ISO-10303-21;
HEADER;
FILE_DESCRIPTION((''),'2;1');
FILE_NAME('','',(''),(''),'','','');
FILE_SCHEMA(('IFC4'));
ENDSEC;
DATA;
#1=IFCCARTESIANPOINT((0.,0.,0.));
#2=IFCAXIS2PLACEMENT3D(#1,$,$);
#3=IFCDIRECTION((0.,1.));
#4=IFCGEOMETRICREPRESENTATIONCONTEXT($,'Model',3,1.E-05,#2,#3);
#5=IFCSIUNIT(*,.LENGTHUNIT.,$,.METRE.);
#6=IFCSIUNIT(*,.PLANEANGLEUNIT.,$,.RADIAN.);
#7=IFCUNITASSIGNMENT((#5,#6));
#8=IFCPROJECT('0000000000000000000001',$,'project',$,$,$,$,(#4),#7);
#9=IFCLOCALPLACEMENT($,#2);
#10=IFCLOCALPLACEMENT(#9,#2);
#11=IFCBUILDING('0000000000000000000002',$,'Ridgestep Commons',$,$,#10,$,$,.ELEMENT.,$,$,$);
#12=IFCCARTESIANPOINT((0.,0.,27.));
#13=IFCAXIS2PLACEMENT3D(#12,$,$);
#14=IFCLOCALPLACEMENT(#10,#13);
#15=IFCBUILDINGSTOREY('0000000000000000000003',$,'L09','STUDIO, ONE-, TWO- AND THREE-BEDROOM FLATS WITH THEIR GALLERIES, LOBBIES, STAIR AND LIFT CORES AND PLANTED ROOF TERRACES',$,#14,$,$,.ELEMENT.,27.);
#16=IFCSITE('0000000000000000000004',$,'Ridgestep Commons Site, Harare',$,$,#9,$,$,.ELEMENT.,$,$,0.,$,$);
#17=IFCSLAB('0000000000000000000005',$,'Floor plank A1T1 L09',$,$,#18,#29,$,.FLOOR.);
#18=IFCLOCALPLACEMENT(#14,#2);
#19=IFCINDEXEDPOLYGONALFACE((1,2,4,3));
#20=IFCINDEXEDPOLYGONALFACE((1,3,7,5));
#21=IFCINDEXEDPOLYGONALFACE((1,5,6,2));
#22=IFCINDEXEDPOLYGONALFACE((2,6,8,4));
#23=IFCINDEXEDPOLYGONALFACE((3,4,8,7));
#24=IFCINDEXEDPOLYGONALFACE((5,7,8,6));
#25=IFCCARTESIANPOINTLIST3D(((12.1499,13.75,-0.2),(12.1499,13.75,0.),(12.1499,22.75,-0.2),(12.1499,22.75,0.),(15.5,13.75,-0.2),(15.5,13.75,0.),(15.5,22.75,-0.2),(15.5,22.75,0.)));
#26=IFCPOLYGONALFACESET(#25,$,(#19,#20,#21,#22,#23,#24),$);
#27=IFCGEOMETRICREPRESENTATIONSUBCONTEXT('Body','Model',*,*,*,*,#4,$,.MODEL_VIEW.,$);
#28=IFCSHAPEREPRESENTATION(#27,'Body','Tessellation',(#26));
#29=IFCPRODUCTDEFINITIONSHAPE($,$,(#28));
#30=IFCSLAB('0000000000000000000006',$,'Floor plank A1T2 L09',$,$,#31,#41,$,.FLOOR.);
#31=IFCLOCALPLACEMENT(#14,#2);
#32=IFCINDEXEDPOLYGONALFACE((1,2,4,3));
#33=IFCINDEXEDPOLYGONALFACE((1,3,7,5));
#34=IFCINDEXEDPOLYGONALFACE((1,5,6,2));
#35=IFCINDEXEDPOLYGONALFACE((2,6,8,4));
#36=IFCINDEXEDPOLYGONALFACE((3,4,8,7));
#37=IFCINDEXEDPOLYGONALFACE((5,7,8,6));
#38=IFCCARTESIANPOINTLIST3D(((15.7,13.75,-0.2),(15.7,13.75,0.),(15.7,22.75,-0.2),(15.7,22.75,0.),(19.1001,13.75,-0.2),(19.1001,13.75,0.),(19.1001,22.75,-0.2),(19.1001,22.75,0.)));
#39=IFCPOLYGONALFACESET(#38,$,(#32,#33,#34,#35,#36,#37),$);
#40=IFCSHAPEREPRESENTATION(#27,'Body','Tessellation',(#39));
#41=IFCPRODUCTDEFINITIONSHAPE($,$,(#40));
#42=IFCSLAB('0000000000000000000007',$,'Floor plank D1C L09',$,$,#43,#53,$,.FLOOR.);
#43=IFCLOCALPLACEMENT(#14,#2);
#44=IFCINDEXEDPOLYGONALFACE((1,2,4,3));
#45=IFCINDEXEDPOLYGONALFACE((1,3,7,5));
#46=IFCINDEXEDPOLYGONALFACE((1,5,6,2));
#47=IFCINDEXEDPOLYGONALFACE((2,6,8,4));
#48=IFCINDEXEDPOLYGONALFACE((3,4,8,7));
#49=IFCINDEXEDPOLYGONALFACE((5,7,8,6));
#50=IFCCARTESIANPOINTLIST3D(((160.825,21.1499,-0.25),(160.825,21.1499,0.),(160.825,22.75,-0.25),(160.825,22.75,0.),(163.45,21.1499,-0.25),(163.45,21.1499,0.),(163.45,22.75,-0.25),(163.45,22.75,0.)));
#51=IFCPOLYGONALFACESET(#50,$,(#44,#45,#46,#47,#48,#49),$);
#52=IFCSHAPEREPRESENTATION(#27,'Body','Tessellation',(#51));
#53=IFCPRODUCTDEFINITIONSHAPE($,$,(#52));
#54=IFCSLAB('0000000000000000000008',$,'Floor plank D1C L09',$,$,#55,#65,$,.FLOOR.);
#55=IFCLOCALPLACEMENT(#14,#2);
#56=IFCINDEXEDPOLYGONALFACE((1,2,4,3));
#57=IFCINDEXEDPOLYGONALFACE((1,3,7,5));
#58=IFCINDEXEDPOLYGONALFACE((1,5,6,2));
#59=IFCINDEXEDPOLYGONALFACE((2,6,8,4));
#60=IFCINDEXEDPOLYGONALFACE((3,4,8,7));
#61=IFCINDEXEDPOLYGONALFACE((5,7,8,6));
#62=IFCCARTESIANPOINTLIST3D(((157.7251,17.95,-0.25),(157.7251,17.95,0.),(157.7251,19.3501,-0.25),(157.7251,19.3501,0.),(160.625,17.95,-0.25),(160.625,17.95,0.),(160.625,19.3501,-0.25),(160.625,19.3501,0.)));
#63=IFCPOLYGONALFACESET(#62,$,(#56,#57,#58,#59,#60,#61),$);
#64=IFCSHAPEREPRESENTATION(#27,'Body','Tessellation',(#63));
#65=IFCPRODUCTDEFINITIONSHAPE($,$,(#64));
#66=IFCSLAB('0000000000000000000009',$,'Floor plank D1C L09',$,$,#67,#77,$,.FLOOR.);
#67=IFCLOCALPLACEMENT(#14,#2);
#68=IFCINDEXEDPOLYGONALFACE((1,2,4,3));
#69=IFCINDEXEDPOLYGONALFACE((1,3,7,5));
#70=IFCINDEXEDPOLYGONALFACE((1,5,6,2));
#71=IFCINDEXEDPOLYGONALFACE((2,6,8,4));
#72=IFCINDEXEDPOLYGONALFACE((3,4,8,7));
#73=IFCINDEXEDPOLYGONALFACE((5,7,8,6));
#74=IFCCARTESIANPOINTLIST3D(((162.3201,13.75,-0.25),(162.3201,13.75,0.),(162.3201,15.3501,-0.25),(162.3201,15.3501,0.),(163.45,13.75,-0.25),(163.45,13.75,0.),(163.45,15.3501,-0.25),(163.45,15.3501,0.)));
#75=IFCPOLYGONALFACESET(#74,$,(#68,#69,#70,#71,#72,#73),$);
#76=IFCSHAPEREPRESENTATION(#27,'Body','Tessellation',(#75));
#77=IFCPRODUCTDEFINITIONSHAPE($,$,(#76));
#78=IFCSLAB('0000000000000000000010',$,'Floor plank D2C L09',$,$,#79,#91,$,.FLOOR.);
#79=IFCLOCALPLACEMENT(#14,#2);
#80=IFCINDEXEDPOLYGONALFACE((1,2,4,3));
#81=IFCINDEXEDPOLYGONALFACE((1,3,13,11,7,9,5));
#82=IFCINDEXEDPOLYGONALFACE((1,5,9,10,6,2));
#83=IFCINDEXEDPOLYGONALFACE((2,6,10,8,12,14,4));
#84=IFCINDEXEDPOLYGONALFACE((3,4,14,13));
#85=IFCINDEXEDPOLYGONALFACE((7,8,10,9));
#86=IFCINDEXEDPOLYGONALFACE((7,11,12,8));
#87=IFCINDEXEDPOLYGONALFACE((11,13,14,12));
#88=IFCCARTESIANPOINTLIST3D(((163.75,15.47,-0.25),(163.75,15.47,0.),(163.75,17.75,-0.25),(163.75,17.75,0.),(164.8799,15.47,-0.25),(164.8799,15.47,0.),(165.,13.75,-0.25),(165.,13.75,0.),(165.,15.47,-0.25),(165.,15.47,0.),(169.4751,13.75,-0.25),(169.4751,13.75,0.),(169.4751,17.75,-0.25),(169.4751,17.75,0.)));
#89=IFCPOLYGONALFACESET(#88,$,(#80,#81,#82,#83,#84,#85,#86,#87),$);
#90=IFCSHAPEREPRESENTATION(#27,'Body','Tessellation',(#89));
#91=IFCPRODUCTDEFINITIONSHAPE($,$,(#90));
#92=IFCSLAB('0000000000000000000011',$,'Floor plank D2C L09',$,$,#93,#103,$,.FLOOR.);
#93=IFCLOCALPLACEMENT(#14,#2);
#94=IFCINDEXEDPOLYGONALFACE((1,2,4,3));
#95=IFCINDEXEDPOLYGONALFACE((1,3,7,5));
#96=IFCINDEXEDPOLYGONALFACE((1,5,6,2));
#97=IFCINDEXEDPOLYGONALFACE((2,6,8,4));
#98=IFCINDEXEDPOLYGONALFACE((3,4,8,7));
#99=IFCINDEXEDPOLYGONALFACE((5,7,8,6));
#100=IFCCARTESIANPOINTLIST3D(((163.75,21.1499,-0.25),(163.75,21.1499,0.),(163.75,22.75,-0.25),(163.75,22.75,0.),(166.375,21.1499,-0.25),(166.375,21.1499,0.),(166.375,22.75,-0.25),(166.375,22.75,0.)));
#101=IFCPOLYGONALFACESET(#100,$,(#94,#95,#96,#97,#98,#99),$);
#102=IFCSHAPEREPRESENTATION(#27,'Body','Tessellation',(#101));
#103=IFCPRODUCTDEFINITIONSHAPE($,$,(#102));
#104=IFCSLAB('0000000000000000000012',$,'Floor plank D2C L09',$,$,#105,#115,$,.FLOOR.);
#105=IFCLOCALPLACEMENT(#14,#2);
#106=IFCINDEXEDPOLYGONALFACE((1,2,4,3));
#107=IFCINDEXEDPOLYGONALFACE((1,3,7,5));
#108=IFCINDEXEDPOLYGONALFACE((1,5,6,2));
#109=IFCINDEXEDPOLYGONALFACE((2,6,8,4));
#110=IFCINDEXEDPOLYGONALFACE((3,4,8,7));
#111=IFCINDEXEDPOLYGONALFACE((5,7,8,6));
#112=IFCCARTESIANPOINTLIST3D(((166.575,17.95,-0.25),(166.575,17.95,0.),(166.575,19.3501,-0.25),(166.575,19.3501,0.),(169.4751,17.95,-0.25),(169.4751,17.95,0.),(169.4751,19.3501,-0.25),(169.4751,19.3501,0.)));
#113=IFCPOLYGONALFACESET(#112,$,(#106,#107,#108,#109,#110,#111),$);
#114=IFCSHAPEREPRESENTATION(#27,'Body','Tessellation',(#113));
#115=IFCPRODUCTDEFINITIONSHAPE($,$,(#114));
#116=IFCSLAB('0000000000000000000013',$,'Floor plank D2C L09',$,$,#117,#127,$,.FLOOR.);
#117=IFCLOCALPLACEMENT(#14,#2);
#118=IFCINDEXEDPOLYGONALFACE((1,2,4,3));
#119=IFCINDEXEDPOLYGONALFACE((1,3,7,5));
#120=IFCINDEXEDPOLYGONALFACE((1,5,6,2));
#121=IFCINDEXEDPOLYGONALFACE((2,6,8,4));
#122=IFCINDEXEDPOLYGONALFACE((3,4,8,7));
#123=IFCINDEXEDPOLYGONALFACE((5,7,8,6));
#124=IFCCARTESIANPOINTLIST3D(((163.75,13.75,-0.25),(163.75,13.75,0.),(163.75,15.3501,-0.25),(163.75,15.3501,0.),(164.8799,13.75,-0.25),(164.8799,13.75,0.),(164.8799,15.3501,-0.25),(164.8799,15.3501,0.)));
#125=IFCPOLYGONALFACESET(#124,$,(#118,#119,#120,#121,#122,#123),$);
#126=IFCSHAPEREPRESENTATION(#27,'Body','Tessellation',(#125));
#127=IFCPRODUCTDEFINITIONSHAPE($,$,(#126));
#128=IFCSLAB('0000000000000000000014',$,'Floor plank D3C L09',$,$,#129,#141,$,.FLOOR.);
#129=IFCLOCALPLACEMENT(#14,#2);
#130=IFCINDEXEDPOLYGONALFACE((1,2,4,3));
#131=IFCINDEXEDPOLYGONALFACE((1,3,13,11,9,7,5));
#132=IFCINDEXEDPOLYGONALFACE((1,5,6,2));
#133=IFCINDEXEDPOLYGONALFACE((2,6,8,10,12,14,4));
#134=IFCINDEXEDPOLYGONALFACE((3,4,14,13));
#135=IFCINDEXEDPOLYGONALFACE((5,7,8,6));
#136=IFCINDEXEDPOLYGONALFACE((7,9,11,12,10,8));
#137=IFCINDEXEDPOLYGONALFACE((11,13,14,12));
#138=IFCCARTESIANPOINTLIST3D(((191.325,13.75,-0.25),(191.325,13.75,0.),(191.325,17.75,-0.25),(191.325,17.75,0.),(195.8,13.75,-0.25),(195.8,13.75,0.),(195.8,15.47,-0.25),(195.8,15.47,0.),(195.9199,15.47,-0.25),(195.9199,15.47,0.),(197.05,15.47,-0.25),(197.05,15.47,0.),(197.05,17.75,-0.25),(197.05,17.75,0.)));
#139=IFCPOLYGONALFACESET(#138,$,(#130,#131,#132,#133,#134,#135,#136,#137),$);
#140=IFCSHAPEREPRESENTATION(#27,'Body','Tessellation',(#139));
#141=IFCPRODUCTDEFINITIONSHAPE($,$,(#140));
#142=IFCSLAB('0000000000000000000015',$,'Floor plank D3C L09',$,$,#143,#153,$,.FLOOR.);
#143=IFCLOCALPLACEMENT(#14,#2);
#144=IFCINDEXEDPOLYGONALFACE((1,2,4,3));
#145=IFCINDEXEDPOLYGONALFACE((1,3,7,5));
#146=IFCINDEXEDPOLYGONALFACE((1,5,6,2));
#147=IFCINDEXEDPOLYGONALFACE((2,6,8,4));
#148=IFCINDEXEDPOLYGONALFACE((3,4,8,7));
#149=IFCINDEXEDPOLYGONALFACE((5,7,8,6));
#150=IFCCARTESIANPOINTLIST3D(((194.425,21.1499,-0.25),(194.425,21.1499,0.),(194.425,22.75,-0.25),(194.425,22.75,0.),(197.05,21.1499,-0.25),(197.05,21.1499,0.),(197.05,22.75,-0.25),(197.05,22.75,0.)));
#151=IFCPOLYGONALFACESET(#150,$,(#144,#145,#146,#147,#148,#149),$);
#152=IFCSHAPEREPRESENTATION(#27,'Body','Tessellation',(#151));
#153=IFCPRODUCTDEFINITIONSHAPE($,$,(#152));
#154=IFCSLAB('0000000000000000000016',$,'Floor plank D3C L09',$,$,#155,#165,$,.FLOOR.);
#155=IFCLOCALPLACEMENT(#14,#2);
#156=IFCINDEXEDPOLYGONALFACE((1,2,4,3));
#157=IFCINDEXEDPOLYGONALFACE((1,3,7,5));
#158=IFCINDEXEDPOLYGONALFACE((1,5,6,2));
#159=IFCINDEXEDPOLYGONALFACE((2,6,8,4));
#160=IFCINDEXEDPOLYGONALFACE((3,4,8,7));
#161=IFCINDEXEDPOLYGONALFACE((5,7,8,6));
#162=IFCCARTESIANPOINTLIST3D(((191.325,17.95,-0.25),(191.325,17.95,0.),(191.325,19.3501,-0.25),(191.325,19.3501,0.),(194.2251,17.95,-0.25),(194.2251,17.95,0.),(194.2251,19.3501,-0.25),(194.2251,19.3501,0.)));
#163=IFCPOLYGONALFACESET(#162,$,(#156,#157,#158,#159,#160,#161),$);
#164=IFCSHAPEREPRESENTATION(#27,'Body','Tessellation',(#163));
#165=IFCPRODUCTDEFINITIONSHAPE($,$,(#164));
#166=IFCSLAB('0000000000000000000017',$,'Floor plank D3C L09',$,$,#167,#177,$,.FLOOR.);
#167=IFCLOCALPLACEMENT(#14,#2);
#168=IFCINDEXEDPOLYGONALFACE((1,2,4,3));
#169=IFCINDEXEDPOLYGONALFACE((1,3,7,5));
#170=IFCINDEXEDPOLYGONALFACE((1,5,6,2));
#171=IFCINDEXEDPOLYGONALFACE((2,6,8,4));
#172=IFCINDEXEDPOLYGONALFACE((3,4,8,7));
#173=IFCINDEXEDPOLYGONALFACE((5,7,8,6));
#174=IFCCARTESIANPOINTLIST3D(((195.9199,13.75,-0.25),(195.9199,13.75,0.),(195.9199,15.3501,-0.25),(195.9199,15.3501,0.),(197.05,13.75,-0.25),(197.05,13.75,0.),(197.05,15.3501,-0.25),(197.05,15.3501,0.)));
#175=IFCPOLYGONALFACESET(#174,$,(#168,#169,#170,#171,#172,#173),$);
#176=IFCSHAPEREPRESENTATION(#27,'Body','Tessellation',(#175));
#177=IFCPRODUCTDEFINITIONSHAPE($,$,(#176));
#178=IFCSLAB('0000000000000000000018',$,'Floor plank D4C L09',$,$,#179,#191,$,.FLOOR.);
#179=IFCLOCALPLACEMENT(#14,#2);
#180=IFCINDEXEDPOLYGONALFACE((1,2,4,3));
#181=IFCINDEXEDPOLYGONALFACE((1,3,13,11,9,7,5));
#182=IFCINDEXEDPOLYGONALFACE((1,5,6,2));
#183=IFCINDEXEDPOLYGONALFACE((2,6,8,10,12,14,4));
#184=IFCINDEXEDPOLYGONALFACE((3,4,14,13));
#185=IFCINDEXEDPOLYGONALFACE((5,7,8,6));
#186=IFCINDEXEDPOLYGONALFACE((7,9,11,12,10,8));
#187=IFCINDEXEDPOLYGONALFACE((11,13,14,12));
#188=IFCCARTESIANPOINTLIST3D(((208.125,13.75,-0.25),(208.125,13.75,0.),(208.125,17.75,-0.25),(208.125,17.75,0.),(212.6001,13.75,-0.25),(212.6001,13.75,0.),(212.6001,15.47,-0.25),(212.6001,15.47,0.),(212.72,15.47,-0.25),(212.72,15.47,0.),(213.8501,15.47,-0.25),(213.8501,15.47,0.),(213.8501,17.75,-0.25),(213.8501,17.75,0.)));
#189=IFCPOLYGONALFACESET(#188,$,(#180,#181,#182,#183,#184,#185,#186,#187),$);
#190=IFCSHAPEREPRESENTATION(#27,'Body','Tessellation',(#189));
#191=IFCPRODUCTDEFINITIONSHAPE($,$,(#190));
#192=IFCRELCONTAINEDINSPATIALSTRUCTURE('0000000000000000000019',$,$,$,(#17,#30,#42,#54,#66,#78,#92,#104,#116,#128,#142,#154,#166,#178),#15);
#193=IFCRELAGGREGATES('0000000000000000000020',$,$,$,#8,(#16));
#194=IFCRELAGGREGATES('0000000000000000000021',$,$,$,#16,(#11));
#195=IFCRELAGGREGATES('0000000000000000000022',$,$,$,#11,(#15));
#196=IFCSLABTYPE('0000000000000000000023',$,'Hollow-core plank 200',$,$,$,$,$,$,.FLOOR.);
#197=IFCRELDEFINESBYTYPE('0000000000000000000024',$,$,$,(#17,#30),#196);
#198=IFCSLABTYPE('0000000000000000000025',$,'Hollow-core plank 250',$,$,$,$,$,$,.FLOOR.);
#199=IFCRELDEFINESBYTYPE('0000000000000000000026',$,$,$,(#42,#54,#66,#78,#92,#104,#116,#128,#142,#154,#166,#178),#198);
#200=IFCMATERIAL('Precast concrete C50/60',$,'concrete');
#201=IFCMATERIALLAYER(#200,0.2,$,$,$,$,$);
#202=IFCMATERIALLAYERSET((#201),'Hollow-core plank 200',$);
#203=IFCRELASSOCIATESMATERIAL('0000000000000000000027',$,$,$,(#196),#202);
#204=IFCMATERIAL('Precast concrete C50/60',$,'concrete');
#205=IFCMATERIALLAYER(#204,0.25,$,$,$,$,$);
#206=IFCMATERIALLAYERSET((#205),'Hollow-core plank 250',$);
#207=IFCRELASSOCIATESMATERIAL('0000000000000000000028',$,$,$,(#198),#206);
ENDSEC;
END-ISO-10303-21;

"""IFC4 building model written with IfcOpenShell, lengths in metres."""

from ifc_helpers import new_model, si_unit, direction, frame, origin, place, context, subcontext, project, spatial, polyline, outline, extrude, material, layer, layer_set, type_object, element, save


model = new_model("IFC4")

# Units and contexts
model_context = context("Model", 3, precision=1e-05, world=origin(), true_north=direction((0.0, 1.0)))
body_context = subcontext(model_context, "Body", "Model", "MODEL_VIEW")
ifc_project = project(units=[si_unit("LENGTHUNIT", "METRE"), si_unit("PLANEANGLEUNIT", "RADIAN")], contexts=[model_context])

# Site, building, storey
site_placement = place(None, origin())
site = spatial("IfcSite", under=ifc_project, at=site_placement, Name="Ridgestep Commons Site, Harare", CompositionType="ELEMENT", RefElevation=0.0)
building_placement = place(site_placement, origin())
building = spatial("IfcBuilding", under=site, at=building_placement, Name="Ridgestep Commons", CompositionType="ELEMENT")
storey_placement = place(building_placement, frame((0.0, 0.0, 27.0)))
storey = spatial("IfcBuildingStorey", under=building, at=storey_placement, Name="L09", Description="STUDIO, ONE-, TWO- AND THREE-BEDROOM FLATS WITH THEIR GALLERIES, LOBBIES, STAIR AND LIFT CORES AND PLANTED ROOF TERRACES", CompositionType="ELEMENT", Elevation=27.0)

# Slabs
ifc_material_1 = material(Name="Precast concrete C50/60", Category="concrete")
ifc_layer_1 = layer(ifc_material_1, 0.2)
ifc_layer_set_1 = layer_set([ifc_layer_1], Name="Hollow-core plank 200")
slab_type_1 = type_object("IfcSlabType", Name="Hollow-core plank 200", PredefinedType="FLOOR", material=ifc_layer_set_1)
slab_1_placement = place(storey_placement, frame((0.0, 0.0, -0.2)))
element("IfcSlab", 1, at=slab_1_placement, inside=storey, type_object=slab_type_1, Name="Floor plank A1T1 L09", PredefinedType="FLOOR", context=body_context, shape_type="SweptSolid", body=[
    extrude(outline(polyline([(15.5, 13.75), (15.5, 22.75), (12.1499, 22.75), (12.1499, 13.75), (15.5, 13.75)])), origin(), (0.0, 0.0, 1.0), 0.2),
])
slab_2_placement = place(storey_placement, frame((0.0, 0.0, -0.2)))
element("IfcSlab", 2, at=slab_2_placement, inside=storey, type_object=slab_type_1, Name="Floor plank A1T2 L09", PredefinedType="FLOOR", context=body_context, shape_type="SweptSolid", body=[
    extrude(outline(polyline([(19.1001, 13.75), (19.1001, 22.75), (15.7, 22.75), (15.7, 13.75), (19.1001, 13.75)])), origin(), (0.0, 0.0, 1.0), 0.2),
])
ifc_material_2 = material(Name="Precast concrete C50/60", Category="concrete")
ifc_layer_2 = layer(ifc_material_2, 0.25)
ifc_layer_set_2 = layer_set([ifc_layer_2], Name="Hollow-core plank 250")
slab_type_2 = type_object("IfcSlabType", Name="Hollow-core plank 250", PredefinedType="FLOOR", material=ifc_layer_set_2)
slab_3_placement = place(storey_placement, frame((0.0, 0.0, -0.25)))
element("IfcSlab", 3, at=slab_3_placement, inside=storey, type_object=slab_type_2, Name="Floor plank D1C L09", PredefinedType="FLOOR", context=body_context, shape_type="SweptSolid", body=[
    extrude(outline(polyline([(163.45, 21.1499), (163.45, 22.75), (160.825, 22.75), (160.825, 21.1499), (163.45, 21.1499)])), origin(), (0.0, 0.0, 1.0), 0.25),
])
slab_4_placement = place(storey_placement, frame((0.0, 0.0, -0.25)))
element("IfcSlab", 4, at=slab_4_placement, inside=storey, type_object=slab_type_2, Name="Floor plank D1C L09", PredefinedType="FLOOR", context=body_context, shape_type="SweptSolid", body=[
    extrude(outline(polyline([(160.625, 17.95), (160.625, 19.3501), (157.7251, 19.3501), (157.7251, 17.95), (160.625, 17.95)])), origin(), (0.0, 0.0, 1.0), 0.25),
])
slab_5_placement = place(storey_placement, frame((0.0, 0.0, -0.25)))
element("IfcSlab", 5, at=slab_5_placement, inside=storey, type_object=slab_type_2, Name="Floor plank D1C L09", PredefinedType="FLOOR", context=body_context, shape_type="SweptSolid", body=[
    extrude(outline(polyline([(162.3201, 13.75), (163.45, 13.75), (163.45, 15.3501), (162.3201, 15.3501), (162.3201, 13.75)])), origin(), (0.0, 0.0, 1.0), 0.25),
])
slab_6_placement = place(storey_placement, frame((0.0, 0.0, -0.25)))
element("IfcSlab", 6, at=slab_6_placement, inside=storey, type_object=slab_type_2, Name="Floor plank D2C L09", PredefinedType="FLOOR", context=body_context, shape_type="SweptSolid", body=[
    extrude(outline(polyline([(165.0, 13.75), (169.4751, 13.75), (169.4751, 17.75), (163.75, 17.75), (163.75, 15.47), (164.8799, 15.47), (165.0, 15.47), (165.0, 13.75)])), origin(), (0.0, 0.0, 1.0), 0.25),
])
slab_7_placement = place(storey_placement, frame((0.0, 0.0, -0.25)))
element("IfcSlab", 7, at=slab_7_placement, inside=storey, type_object=slab_type_2, Name="Floor plank D2C L09", PredefinedType="FLOOR", context=body_context, shape_type="SweptSolid", body=[
    extrude(outline(polyline([(166.375, 22.75), (163.75, 22.75), (163.75, 21.1499), (166.375, 21.1499), (166.375, 22.75)])), origin(), (0.0, 0.0, 1.0), 0.25),
])
slab_8_placement = place(storey_placement, frame((0.0, 0.0, -0.25)))
element("IfcSlab", 8, at=slab_8_placement, inside=storey, type_object=slab_type_2, Name="Floor plank D2C L09", PredefinedType="FLOOR", context=body_context, shape_type="SweptSolid", body=[
    extrude(outline(polyline([(169.4751, 17.95), (169.4751, 19.3501), (166.575, 19.3501), (166.575, 17.95), (169.4751, 17.95)])), origin(), (0.0, 0.0, 1.0), 0.25),
])
slab_9_placement = place(storey_placement, frame((0.0, 0.0, -0.25)))
element("IfcSlab", 9, at=slab_9_placement, inside=storey, type_object=slab_type_2, Name="Floor plank D2C L09", PredefinedType="FLOOR", context=body_context, shape_type="SweptSolid", body=[
    extrude(outline(polyline([(164.8799, 15.3501), (163.75, 15.3501), (163.75, 13.75), (164.8799, 13.75), (164.8799, 15.3501)])), origin(), (0.0, 0.0, 1.0), 0.25),
])
slab_10_placement = place(storey_placement, frame((0.0, 0.0, -0.25)))
element("IfcSlab", 10, at=slab_10_placement, inside=storey, type_object=slab_type_2, Name="Floor plank D3C L09", PredefinedType="FLOOR", context=body_context, shape_type="SweptSolid", body=[
    extrude(outline(polyline([(195.9199, 15.47), (197.05, 15.47), (197.05, 17.75), (191.325, 17.75), (191.325, 13.75), (195.8, 13.75), (195.8, 15.47), (195.9199, 15.47)])), origin(), (0.0, 0.0, 1.0), 0.25),
])
slab_11_placement = place(storey_placement, frame((0.0, 0.0, -0.25)))
element("IfcSlab", 11, at=slab_11_placement, inside=storey, type_object=slab_type_2, Name="Floor plank D3C L09", PredefinedType="FLOOR", context=body_context, shape_type="SweptSolid", body=[
    extrude(outline(polyline([(197.05, 21.1499), (197.05, 22.75), (194.425, 22.75), (194.425, 21.1499), (197.05, 21.1499)])), origin(), (0.0, 0.0, 1.0), 0.25),
])
slab_12_placement = place(storey_placement, frame((0.0, 0.0, -0.25)))
element("IfcSlab", 12, at=slab_12_placement, inside=storey, type_object=slab_type_2, Name="Floor plank D3C L09", PredefinedType="FLOOR", context=body_context, shape_type="SweptSolid", body=[
    extrude(outline(polyline([(194.2251, 17.95), (194.2251, 19.3501), (191.325, 19.3501), (191.325, 17.95), (194.2251, 17.95)])), origin(), (0.0, 0.0, 1.0), 0.25),
])
slab_13_placement = place(storey_placement, frame((0.0, 0.0, -0.25)))
element("IfcSlab", 13, at=slab_13_placement, inside=storey, type_object=slab_type_2, Name="Floor plank D3C L09", PredefinedType="FLOOR", context=body_context, shape_type="SweptSolid", body=[
    extrude(outline(polyline([(195.9199, 13.75), (197.05, 13.75), (197.05, 15.3501), (195.9199, 15.3501), (195.9199, 13.75)])), origin(), (0.0, 0.0, 1.0), 0.25),
])
slab_14_placement = place(storey_placement, frame((0.0, 0.0, -0.25)))
element("IfcSlab", 14, at=slab_14_placement, inside=storey, type_object=slab_type_2, Name="Floor plank D4C L09", PredefinedType="FLOOR", context=body_context, shape_type="SweptSolid", body=[
    extrude(outline(polyline([(212.72, 15.47), (213.8501, 15.47), (213.8501, 17.75), (208.125, 17.75), (208.125, 13.75), (212.6001, 13.75), (212.6001, 15.47), (212.72, 15.47)])), origin(), (0.0, 0.0, 1.0), 0.25),
])

save(model, "model.ifc")
